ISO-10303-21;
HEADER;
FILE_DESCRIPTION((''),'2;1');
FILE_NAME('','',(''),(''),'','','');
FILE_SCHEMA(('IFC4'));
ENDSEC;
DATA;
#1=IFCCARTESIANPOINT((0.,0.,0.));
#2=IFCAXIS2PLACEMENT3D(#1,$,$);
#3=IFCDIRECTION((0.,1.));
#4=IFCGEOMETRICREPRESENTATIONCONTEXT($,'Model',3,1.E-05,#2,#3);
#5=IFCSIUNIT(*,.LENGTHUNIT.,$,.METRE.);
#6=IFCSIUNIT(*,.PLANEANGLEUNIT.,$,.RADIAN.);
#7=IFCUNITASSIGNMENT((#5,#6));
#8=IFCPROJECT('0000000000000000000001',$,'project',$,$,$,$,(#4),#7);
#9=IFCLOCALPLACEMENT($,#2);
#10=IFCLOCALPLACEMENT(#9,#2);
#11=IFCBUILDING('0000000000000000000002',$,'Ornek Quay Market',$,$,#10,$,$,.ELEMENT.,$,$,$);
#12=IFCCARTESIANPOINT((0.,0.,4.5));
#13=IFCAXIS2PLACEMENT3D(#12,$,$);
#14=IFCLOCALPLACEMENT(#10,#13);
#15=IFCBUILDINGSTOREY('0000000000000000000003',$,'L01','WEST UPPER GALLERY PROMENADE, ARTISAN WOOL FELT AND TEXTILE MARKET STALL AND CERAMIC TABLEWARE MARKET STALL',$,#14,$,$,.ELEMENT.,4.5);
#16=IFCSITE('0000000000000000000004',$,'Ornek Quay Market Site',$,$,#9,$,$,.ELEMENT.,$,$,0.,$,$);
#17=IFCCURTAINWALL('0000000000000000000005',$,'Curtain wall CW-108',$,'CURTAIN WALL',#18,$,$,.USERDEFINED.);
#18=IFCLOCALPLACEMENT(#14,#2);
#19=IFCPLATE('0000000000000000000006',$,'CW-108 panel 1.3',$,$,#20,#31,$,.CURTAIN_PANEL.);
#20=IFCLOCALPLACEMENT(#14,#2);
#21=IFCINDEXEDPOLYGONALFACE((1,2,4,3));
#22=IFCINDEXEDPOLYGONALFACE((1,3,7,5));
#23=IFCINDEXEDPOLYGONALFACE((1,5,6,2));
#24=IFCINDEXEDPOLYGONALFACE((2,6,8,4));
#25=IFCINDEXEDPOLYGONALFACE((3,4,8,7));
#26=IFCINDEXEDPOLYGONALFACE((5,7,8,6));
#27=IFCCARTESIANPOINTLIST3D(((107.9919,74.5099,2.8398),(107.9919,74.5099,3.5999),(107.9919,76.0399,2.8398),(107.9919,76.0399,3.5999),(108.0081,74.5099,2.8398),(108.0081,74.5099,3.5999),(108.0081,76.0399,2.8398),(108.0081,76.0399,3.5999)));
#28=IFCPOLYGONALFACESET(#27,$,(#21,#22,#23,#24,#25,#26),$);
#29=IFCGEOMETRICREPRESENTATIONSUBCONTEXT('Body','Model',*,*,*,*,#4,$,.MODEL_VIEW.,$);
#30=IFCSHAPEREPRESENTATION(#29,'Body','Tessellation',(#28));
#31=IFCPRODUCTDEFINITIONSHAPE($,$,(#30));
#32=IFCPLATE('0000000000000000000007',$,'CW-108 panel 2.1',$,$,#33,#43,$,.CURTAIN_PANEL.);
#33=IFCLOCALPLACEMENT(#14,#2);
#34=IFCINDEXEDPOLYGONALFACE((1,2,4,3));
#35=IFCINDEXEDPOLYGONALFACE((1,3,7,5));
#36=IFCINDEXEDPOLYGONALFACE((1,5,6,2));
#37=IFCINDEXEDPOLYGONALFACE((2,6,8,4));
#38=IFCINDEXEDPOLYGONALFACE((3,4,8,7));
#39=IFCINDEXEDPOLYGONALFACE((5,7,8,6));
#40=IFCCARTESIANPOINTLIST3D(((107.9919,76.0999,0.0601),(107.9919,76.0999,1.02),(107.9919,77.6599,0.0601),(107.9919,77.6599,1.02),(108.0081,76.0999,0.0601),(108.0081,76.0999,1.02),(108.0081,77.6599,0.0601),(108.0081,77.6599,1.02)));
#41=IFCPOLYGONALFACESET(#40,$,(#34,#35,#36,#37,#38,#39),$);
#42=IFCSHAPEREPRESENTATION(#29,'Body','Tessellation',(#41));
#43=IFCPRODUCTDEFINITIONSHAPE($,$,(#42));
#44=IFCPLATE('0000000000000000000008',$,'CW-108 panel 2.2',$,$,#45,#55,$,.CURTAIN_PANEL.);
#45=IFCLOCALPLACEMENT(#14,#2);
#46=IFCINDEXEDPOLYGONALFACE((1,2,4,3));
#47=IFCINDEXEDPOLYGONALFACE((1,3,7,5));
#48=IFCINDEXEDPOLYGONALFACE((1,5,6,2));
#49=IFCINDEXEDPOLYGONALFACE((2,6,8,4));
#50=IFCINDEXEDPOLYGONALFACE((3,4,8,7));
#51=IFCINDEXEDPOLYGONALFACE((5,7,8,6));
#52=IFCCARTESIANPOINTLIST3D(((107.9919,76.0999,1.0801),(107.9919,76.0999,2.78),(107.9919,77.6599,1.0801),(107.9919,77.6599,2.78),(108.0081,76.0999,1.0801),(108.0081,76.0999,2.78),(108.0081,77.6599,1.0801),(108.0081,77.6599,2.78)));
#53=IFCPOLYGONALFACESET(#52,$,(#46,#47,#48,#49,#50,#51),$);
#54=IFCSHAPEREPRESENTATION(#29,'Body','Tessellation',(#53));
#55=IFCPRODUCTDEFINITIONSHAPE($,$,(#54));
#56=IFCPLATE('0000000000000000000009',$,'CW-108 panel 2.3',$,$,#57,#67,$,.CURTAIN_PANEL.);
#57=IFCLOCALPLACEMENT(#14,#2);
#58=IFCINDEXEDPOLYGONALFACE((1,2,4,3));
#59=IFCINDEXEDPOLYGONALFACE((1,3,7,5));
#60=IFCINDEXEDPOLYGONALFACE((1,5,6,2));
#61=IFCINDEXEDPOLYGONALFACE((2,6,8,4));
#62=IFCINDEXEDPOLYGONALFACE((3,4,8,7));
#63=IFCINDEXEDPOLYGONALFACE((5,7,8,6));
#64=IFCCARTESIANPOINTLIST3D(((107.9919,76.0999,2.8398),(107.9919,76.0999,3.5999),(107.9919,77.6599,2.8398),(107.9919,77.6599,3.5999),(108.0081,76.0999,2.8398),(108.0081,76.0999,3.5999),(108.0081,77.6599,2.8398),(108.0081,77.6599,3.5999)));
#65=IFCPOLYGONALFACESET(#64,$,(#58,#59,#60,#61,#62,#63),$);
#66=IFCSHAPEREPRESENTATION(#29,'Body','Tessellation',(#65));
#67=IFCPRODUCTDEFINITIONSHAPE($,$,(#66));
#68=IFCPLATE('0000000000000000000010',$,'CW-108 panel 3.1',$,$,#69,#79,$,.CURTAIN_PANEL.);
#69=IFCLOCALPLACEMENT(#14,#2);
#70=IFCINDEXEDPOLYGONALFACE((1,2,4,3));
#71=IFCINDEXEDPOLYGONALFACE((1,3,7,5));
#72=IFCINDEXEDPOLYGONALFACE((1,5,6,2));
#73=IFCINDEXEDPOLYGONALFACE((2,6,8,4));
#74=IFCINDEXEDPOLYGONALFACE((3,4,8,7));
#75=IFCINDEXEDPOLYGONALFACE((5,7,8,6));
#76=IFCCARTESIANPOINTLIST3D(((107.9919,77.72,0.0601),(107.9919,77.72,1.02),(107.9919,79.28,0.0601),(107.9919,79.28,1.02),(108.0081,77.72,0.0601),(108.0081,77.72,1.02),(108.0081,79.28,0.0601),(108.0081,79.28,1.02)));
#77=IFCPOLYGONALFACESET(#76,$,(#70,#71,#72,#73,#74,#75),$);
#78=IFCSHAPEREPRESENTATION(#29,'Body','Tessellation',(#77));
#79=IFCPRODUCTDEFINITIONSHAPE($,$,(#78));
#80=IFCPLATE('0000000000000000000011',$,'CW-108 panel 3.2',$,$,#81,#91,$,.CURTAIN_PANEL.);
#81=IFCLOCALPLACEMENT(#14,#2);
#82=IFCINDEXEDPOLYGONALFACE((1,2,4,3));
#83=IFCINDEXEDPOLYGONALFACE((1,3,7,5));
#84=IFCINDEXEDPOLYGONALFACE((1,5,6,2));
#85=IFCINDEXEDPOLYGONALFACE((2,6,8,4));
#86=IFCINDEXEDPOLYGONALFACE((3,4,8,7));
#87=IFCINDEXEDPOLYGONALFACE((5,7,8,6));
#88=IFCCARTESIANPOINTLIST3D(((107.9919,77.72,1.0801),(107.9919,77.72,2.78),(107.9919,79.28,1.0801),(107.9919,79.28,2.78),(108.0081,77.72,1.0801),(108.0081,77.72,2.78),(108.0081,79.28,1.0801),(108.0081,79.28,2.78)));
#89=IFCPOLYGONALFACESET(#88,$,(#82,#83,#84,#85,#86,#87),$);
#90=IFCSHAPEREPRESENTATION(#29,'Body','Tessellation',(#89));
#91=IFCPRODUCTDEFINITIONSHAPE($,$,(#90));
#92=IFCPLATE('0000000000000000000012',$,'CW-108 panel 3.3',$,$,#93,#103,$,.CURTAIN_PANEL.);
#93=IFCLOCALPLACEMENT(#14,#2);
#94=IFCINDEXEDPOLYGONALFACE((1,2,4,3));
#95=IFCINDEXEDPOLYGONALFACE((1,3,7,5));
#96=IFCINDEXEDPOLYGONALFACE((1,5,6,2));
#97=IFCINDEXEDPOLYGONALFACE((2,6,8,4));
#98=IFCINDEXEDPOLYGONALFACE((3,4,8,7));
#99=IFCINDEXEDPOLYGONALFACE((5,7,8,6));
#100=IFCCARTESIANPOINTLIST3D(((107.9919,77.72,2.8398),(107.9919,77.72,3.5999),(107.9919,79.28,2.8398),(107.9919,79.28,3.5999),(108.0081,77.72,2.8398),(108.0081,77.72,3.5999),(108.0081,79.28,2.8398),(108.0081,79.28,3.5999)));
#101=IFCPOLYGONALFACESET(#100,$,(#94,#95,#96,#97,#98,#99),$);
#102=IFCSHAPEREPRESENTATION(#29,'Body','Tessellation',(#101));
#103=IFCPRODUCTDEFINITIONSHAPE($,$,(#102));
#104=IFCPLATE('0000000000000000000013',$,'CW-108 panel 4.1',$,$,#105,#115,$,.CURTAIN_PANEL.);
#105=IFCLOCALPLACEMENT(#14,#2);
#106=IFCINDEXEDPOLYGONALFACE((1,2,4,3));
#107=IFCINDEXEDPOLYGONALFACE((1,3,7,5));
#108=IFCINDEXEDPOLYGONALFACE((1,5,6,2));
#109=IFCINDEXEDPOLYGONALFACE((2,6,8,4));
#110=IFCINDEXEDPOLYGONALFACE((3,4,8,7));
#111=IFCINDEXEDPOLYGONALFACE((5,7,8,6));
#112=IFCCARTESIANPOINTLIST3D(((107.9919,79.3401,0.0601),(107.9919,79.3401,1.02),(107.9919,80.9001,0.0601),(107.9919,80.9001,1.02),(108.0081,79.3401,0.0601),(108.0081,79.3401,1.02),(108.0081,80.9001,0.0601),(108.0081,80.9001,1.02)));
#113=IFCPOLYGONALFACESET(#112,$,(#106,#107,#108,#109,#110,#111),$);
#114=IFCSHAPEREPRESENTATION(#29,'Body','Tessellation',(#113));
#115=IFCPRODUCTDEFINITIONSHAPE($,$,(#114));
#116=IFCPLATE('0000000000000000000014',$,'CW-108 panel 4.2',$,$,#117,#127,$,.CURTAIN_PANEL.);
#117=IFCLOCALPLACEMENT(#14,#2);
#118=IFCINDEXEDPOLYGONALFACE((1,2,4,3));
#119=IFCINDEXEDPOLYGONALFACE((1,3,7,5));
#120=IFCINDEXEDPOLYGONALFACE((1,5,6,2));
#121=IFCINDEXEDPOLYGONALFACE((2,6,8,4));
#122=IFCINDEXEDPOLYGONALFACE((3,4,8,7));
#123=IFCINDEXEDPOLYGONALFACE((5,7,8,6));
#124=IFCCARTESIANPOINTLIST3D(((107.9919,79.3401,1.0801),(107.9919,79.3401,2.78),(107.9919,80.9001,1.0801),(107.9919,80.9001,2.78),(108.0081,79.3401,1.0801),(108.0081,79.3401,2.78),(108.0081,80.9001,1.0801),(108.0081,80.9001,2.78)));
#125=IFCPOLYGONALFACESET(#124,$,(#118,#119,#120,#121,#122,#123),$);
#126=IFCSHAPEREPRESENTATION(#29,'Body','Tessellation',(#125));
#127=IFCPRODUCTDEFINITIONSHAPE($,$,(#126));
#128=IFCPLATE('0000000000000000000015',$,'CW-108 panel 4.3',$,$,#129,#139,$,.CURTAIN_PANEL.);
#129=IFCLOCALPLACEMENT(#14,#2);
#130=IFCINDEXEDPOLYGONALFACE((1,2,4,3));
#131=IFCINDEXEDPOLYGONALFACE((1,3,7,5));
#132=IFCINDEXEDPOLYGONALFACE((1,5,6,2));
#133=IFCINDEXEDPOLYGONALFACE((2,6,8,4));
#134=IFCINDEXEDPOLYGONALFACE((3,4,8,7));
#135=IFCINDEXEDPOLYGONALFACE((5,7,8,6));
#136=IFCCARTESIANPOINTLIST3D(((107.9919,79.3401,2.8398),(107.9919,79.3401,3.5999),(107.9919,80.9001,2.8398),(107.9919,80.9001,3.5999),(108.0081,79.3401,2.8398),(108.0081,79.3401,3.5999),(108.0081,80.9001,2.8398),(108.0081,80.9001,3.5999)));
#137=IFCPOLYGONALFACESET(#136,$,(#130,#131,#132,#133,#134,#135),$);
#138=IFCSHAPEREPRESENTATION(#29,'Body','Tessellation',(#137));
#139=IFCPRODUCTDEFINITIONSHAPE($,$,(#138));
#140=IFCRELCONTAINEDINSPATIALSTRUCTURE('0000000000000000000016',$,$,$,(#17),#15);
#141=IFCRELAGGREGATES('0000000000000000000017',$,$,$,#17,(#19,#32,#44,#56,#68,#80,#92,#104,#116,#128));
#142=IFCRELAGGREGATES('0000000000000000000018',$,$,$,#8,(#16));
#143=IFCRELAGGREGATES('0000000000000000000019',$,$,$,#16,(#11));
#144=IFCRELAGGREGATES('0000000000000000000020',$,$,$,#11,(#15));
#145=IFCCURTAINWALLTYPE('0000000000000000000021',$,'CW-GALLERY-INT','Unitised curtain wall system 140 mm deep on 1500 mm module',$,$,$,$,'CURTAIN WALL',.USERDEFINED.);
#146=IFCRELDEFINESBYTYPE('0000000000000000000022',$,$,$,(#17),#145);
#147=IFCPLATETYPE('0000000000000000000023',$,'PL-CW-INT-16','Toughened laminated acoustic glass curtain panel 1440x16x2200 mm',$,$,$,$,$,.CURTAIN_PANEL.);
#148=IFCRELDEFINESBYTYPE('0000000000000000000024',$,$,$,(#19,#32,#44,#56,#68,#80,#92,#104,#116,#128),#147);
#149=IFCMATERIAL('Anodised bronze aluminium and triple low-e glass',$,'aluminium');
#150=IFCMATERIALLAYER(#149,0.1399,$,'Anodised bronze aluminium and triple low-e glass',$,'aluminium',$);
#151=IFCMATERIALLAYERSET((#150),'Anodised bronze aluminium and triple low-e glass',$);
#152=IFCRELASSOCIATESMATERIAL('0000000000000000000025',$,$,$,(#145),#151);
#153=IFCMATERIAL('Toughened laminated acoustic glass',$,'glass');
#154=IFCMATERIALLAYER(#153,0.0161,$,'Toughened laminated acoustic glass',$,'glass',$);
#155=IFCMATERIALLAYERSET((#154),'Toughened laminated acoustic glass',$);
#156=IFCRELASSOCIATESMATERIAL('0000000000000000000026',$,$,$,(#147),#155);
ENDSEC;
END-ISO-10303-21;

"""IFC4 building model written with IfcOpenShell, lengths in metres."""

from ifc_helpers import new_model, si_unit, direction, frame, origin, origin_2d, place, context, subcontext, project, spatial, rectangle, extrude, material, layer, layer_set, type_object, element, aggregate, save


model = new_model("IFC4")

# Units and contexts
model_context = context("Model", 3, precision=1e-05, world=origin(), true_north=direction((0.0, 1.0)))
body_context = subcontext(model_context, "Body", "Model", "MODEL_VIEW")
ifc_project = project(units=[si_unit("LENGTHUNIT", "METRE"), si_unit("PLANEANGLEUNIT", "RADIAN")], contexts=[model_context])

# Site, building, storey
site_placement = place(None, origin())
site = spatial("IfcSite", under=ifc_project, at=site_placement, Name="Ornek Quay Market Site", CompositionType="ELEMENT", RefElevation=0.0)
building_placement = place(site_placement, origin())
building = spatial("IfcBuilding", under=site, at=building_placement, Name="Ornek Quay Market", CompositionType="ELEMENT")
storey_placement = place(building_placement, frame((0.0, 0.0, 4.5)))
storey = spatial("IfcBuildingStorey", under=building, at=storey_placement, Name="L01", Description="WEST UPPER GALLERY PROMENADE, ARTISAN WOOL FELT AND TEXTILE MARKET STALL AND CERAMIC TABLEWARE MARKET STALL", CompositionType="ELEMENT", Elevation=4.5)

# Curtain wall, plates
ifc_material_1 = material(Name="Anodised bronze aluminium and triple low-e glass", Category="aluminium")
ifc_layer_1 = layer(ifc_material_1, 0.1399, Name="Anodised bronze aluminium and triple low-e glass", Category="aluminium")
ifc_layer_set_1 = layer_set([ifc_layer_1], Name="Anodised bronze aluminium and triple low-e glass")
curtain_wall_type = type_object("IfcCurtainWallType", Name="CW-GALLERY-INT", Description="Unitised curtain wall system 140 mm deep on 1500 mm module", ElementType="CURTAIN WALL", PredefinedType="USERDEFINED", material=ifc_layer_set_1)
curtain_wall_placement = place(storey_placement, origin())
curtain_wall = element("IfcCurtainWall", 1, at=curtain_wall_placement, inside=storey, type_object=curtain_wall_type, Name="Curtain wall CW-108", ObjectType="CURTAIN WALL", PredefinedType="USERDEFINED")
ifc_material_2 = material(Name="Toughened laminated acoustic glass", Category="glass")
ifc_layer_2 = layer(ifc_material_2, 0.0161, Name="Toughened laminated acoustic glass", Category="glass")
ifc_layer_set_2 = layer_set([ifc_layer_2], Name="Toughened laminated acoustic glass")
plate_type = type_object("IfcPlateType", Name="PL-CW-INT-16", Description="Toughened laminated acoustic glass curtain panel 1440x16x2200 mm", PredefinedType="CURTAIN_PANEL", material=ifc_layer_set_2)
plate_1_placement = place(storey_placement, frame((108.0, 75.2749, 2.8398), z_axis=(0.0, 0.0, 1.0), x_axis=(0.0, 1.0, 0.0)))
plate_1 = element("IfcPlate", 2, at=plate_1_placement, type_object=plate_type, Name="CW-108 panel 1.3", PredefinedType="CURTAIN_PANEL", context=body_context, shape_type="SweptSolid", body=[
    extrude(rectangle(XDim=1.53, YDim=0.0161, at=origin_2d()), origin(), (0.0, 0.0, 1.0), 0.76),
])
plate_2_placement = place(storey_placement, frame((108.0, 76.8799, 0.0601), z_axis=(0.0, 0.0, 1.0), x_axis=(0.0, 1.0, 0.0)))
plate_2 = element("IfcPlate", 3, at=plate_2_placement, type_object=plate_type, Name="CW-108 panel 2.1", PredefinedType="CURTAIN_PANEL", context=body_context, shape_type="SweptSolid", body=[
    extrude(rectangle(XDim=1.5601, YDim=0.0161, at=origin_2d()), origin(), (0.0, 0.0, 1.0), 0.96),
])
plate_3_placement = place(storey_placement, frame((108.0, 76.8799, 1.0801), z_axis=(0.0, 0.0, 1.0), x_axis=(0.0, 1.0, 0.0)))
plate_3 = element("IfcPlate", 4, at=plate_3_placement, type_object=plate_type, Name="CW-108 panel 2.2", PredefinedType="CURTAIN_PANEL", context=body_context, shape_type="SweptSolid", body=[
    extrude(rectangle(XDim=1.5601, YDim=0.0161, at=origin_2d()), origin(), (0.0, 0.0, 1.0), 1.7),
])
plate_4_placement = place(storey_placement, frame((108.0, 76.8799, 2.8398), z_axis=(0.0, 0.0, 1.0), x_axis=(0.0, 1.0, 0.0)))
plate_4 = element("IfcPlate", 5, at=plate_4_placement, type_object=plate_type, Name="CW-108 panel 2.3", PredefinedType="CURTAIN_PANEL", context=body_context, shape_type="SweptSolid", body=[
    extrude(rectangle(XDim=1.5601, YDim=0.0161, at=origin_2d()), origin(), (0.0, 0.0, 1.0), 0.76),
])
plate_5_placement = place(storey_placement, frame((108.0, 78.5, 0.0601), z_axis=(0.0, 0.0, 1.0), x_axis=(0.0, 1.0, 0.0)))
plate_5 = element("IfcPlate", 6, at=plate_5_placement, type_object=plate_type, Name="CW-108 panel 3.1", PredefinedType="CURTAIN_PANEL", context=body_context, shape_type="SweptSolid", body=[
    extrude(rectangle(XDim=1.5601, YDim=0.0161, at=origin_2d()), origin(), (0.0, 0.0, 1.0), 0.96),
])
plate_6_placement = place(storey_placement, frame((108.0, 78.5, 1.0801), z_axis=(0.0, 0.0, 1.0), x_axis=(0.0, 1.0, 0.0)))
plate_6 = element("IfcPlate", 7, at=plate_6_placement, type_object=plate_type, Name="CW-108 panel 3.2", PredefinedType="CURTAIN_PANEL", context=body_context, shape_type="SweptSolid", body=[
    extrude(rectangle(XDim=1.5601, YDim=0.0161, at=origin_2d()), origin(), (0.0, 0.0, 1.0), 1.7),
])
plate_7_placement = place(storey_placement, frame((108.0, 78.5, 2.8398), z_axis=(0.0, 0.0, 1.0), x_axis=(0.0, 1.0, 0.0)))
plate_7 = element("IfcPlate", 8, at=plate_7_placement, type_object=plate_type, Name="CW-108 panel 3.3", PredefinedType="CURTAIN_PANEL", context=body_context, shape_type="SweptSolid", body=[
    extrude(rectangle(XDim=1.5601, YDim=0.0161, at=origin_2d()), origin(), (0.0, 0.0, 1.0), 0.76),
])
plate_8_placement = place(storey_placement, frame((108.0, 80.1201, 0.0601), z_axis=(0.0, 0.0, 1.0), x_axis=(0.0, 1.0, 0.0)))
plate_8 = element("IfcPlate", 9, at=plate_8_placement, type_object=plate_type, Name="CW-108 panel 4.1", PredefinedType="CURTAIN_PANEL", context=body_context, shape_type="SweptSolid", body=[
    extrude(rectangle(XDim=1.5601, YDim=0.0161, at=origin_2d()), origin(), (0.0, 0.0, 1.0), 0.96),
])
plate_9_placement = place(storey_placement, frame((108.0, 80.1201, 1.0801), z_axis=(0.0, 0.0, 1.0), x_axis=(0.0, 1.0, 0.0)))
plate_9 = element("IfcPlate", 10, at=plate_9_placement, type_object=plate_type, Name="CW-108 panel 4.2", PredefinedType="CURTAIN_PANEL", context=body_context, shape_type="SweptSolid", body=[
    extrude(rectangle(XDim=1.5601, YDim=0.0161, at=origin_2d()), origin(), (0.0, 0.0, 1.0), 1.7),
])
plate_10_placement = place(storey_placement, frame((108.0, 80.1201, 2.8398), z_axis=(0.0, 0.0, 1.0), x_axis=(0.0, 1.0, 0.0)))
plate_10 = element("IfcPlate", 11, at=plate_10_placement, type_object=plate_type, Name="CW-108 panel 4.3", PredefinedType="CURTAIN_PANEL", context=body_context, shape_type="SweptSolid", body=[
    extrude(rectangle(XDim=1.5601, YDim=0.0161, at=origin_2d()), origin(), (0.0, 0.0, 1.0), 0.76),
])
aggregate(curtain_wall, [plate_1, plate_2, plate_3, plate_4, plate_5, plate_6, plate_7, plate_8, plate_9, plate_10])

save(model, "model.ifc")
